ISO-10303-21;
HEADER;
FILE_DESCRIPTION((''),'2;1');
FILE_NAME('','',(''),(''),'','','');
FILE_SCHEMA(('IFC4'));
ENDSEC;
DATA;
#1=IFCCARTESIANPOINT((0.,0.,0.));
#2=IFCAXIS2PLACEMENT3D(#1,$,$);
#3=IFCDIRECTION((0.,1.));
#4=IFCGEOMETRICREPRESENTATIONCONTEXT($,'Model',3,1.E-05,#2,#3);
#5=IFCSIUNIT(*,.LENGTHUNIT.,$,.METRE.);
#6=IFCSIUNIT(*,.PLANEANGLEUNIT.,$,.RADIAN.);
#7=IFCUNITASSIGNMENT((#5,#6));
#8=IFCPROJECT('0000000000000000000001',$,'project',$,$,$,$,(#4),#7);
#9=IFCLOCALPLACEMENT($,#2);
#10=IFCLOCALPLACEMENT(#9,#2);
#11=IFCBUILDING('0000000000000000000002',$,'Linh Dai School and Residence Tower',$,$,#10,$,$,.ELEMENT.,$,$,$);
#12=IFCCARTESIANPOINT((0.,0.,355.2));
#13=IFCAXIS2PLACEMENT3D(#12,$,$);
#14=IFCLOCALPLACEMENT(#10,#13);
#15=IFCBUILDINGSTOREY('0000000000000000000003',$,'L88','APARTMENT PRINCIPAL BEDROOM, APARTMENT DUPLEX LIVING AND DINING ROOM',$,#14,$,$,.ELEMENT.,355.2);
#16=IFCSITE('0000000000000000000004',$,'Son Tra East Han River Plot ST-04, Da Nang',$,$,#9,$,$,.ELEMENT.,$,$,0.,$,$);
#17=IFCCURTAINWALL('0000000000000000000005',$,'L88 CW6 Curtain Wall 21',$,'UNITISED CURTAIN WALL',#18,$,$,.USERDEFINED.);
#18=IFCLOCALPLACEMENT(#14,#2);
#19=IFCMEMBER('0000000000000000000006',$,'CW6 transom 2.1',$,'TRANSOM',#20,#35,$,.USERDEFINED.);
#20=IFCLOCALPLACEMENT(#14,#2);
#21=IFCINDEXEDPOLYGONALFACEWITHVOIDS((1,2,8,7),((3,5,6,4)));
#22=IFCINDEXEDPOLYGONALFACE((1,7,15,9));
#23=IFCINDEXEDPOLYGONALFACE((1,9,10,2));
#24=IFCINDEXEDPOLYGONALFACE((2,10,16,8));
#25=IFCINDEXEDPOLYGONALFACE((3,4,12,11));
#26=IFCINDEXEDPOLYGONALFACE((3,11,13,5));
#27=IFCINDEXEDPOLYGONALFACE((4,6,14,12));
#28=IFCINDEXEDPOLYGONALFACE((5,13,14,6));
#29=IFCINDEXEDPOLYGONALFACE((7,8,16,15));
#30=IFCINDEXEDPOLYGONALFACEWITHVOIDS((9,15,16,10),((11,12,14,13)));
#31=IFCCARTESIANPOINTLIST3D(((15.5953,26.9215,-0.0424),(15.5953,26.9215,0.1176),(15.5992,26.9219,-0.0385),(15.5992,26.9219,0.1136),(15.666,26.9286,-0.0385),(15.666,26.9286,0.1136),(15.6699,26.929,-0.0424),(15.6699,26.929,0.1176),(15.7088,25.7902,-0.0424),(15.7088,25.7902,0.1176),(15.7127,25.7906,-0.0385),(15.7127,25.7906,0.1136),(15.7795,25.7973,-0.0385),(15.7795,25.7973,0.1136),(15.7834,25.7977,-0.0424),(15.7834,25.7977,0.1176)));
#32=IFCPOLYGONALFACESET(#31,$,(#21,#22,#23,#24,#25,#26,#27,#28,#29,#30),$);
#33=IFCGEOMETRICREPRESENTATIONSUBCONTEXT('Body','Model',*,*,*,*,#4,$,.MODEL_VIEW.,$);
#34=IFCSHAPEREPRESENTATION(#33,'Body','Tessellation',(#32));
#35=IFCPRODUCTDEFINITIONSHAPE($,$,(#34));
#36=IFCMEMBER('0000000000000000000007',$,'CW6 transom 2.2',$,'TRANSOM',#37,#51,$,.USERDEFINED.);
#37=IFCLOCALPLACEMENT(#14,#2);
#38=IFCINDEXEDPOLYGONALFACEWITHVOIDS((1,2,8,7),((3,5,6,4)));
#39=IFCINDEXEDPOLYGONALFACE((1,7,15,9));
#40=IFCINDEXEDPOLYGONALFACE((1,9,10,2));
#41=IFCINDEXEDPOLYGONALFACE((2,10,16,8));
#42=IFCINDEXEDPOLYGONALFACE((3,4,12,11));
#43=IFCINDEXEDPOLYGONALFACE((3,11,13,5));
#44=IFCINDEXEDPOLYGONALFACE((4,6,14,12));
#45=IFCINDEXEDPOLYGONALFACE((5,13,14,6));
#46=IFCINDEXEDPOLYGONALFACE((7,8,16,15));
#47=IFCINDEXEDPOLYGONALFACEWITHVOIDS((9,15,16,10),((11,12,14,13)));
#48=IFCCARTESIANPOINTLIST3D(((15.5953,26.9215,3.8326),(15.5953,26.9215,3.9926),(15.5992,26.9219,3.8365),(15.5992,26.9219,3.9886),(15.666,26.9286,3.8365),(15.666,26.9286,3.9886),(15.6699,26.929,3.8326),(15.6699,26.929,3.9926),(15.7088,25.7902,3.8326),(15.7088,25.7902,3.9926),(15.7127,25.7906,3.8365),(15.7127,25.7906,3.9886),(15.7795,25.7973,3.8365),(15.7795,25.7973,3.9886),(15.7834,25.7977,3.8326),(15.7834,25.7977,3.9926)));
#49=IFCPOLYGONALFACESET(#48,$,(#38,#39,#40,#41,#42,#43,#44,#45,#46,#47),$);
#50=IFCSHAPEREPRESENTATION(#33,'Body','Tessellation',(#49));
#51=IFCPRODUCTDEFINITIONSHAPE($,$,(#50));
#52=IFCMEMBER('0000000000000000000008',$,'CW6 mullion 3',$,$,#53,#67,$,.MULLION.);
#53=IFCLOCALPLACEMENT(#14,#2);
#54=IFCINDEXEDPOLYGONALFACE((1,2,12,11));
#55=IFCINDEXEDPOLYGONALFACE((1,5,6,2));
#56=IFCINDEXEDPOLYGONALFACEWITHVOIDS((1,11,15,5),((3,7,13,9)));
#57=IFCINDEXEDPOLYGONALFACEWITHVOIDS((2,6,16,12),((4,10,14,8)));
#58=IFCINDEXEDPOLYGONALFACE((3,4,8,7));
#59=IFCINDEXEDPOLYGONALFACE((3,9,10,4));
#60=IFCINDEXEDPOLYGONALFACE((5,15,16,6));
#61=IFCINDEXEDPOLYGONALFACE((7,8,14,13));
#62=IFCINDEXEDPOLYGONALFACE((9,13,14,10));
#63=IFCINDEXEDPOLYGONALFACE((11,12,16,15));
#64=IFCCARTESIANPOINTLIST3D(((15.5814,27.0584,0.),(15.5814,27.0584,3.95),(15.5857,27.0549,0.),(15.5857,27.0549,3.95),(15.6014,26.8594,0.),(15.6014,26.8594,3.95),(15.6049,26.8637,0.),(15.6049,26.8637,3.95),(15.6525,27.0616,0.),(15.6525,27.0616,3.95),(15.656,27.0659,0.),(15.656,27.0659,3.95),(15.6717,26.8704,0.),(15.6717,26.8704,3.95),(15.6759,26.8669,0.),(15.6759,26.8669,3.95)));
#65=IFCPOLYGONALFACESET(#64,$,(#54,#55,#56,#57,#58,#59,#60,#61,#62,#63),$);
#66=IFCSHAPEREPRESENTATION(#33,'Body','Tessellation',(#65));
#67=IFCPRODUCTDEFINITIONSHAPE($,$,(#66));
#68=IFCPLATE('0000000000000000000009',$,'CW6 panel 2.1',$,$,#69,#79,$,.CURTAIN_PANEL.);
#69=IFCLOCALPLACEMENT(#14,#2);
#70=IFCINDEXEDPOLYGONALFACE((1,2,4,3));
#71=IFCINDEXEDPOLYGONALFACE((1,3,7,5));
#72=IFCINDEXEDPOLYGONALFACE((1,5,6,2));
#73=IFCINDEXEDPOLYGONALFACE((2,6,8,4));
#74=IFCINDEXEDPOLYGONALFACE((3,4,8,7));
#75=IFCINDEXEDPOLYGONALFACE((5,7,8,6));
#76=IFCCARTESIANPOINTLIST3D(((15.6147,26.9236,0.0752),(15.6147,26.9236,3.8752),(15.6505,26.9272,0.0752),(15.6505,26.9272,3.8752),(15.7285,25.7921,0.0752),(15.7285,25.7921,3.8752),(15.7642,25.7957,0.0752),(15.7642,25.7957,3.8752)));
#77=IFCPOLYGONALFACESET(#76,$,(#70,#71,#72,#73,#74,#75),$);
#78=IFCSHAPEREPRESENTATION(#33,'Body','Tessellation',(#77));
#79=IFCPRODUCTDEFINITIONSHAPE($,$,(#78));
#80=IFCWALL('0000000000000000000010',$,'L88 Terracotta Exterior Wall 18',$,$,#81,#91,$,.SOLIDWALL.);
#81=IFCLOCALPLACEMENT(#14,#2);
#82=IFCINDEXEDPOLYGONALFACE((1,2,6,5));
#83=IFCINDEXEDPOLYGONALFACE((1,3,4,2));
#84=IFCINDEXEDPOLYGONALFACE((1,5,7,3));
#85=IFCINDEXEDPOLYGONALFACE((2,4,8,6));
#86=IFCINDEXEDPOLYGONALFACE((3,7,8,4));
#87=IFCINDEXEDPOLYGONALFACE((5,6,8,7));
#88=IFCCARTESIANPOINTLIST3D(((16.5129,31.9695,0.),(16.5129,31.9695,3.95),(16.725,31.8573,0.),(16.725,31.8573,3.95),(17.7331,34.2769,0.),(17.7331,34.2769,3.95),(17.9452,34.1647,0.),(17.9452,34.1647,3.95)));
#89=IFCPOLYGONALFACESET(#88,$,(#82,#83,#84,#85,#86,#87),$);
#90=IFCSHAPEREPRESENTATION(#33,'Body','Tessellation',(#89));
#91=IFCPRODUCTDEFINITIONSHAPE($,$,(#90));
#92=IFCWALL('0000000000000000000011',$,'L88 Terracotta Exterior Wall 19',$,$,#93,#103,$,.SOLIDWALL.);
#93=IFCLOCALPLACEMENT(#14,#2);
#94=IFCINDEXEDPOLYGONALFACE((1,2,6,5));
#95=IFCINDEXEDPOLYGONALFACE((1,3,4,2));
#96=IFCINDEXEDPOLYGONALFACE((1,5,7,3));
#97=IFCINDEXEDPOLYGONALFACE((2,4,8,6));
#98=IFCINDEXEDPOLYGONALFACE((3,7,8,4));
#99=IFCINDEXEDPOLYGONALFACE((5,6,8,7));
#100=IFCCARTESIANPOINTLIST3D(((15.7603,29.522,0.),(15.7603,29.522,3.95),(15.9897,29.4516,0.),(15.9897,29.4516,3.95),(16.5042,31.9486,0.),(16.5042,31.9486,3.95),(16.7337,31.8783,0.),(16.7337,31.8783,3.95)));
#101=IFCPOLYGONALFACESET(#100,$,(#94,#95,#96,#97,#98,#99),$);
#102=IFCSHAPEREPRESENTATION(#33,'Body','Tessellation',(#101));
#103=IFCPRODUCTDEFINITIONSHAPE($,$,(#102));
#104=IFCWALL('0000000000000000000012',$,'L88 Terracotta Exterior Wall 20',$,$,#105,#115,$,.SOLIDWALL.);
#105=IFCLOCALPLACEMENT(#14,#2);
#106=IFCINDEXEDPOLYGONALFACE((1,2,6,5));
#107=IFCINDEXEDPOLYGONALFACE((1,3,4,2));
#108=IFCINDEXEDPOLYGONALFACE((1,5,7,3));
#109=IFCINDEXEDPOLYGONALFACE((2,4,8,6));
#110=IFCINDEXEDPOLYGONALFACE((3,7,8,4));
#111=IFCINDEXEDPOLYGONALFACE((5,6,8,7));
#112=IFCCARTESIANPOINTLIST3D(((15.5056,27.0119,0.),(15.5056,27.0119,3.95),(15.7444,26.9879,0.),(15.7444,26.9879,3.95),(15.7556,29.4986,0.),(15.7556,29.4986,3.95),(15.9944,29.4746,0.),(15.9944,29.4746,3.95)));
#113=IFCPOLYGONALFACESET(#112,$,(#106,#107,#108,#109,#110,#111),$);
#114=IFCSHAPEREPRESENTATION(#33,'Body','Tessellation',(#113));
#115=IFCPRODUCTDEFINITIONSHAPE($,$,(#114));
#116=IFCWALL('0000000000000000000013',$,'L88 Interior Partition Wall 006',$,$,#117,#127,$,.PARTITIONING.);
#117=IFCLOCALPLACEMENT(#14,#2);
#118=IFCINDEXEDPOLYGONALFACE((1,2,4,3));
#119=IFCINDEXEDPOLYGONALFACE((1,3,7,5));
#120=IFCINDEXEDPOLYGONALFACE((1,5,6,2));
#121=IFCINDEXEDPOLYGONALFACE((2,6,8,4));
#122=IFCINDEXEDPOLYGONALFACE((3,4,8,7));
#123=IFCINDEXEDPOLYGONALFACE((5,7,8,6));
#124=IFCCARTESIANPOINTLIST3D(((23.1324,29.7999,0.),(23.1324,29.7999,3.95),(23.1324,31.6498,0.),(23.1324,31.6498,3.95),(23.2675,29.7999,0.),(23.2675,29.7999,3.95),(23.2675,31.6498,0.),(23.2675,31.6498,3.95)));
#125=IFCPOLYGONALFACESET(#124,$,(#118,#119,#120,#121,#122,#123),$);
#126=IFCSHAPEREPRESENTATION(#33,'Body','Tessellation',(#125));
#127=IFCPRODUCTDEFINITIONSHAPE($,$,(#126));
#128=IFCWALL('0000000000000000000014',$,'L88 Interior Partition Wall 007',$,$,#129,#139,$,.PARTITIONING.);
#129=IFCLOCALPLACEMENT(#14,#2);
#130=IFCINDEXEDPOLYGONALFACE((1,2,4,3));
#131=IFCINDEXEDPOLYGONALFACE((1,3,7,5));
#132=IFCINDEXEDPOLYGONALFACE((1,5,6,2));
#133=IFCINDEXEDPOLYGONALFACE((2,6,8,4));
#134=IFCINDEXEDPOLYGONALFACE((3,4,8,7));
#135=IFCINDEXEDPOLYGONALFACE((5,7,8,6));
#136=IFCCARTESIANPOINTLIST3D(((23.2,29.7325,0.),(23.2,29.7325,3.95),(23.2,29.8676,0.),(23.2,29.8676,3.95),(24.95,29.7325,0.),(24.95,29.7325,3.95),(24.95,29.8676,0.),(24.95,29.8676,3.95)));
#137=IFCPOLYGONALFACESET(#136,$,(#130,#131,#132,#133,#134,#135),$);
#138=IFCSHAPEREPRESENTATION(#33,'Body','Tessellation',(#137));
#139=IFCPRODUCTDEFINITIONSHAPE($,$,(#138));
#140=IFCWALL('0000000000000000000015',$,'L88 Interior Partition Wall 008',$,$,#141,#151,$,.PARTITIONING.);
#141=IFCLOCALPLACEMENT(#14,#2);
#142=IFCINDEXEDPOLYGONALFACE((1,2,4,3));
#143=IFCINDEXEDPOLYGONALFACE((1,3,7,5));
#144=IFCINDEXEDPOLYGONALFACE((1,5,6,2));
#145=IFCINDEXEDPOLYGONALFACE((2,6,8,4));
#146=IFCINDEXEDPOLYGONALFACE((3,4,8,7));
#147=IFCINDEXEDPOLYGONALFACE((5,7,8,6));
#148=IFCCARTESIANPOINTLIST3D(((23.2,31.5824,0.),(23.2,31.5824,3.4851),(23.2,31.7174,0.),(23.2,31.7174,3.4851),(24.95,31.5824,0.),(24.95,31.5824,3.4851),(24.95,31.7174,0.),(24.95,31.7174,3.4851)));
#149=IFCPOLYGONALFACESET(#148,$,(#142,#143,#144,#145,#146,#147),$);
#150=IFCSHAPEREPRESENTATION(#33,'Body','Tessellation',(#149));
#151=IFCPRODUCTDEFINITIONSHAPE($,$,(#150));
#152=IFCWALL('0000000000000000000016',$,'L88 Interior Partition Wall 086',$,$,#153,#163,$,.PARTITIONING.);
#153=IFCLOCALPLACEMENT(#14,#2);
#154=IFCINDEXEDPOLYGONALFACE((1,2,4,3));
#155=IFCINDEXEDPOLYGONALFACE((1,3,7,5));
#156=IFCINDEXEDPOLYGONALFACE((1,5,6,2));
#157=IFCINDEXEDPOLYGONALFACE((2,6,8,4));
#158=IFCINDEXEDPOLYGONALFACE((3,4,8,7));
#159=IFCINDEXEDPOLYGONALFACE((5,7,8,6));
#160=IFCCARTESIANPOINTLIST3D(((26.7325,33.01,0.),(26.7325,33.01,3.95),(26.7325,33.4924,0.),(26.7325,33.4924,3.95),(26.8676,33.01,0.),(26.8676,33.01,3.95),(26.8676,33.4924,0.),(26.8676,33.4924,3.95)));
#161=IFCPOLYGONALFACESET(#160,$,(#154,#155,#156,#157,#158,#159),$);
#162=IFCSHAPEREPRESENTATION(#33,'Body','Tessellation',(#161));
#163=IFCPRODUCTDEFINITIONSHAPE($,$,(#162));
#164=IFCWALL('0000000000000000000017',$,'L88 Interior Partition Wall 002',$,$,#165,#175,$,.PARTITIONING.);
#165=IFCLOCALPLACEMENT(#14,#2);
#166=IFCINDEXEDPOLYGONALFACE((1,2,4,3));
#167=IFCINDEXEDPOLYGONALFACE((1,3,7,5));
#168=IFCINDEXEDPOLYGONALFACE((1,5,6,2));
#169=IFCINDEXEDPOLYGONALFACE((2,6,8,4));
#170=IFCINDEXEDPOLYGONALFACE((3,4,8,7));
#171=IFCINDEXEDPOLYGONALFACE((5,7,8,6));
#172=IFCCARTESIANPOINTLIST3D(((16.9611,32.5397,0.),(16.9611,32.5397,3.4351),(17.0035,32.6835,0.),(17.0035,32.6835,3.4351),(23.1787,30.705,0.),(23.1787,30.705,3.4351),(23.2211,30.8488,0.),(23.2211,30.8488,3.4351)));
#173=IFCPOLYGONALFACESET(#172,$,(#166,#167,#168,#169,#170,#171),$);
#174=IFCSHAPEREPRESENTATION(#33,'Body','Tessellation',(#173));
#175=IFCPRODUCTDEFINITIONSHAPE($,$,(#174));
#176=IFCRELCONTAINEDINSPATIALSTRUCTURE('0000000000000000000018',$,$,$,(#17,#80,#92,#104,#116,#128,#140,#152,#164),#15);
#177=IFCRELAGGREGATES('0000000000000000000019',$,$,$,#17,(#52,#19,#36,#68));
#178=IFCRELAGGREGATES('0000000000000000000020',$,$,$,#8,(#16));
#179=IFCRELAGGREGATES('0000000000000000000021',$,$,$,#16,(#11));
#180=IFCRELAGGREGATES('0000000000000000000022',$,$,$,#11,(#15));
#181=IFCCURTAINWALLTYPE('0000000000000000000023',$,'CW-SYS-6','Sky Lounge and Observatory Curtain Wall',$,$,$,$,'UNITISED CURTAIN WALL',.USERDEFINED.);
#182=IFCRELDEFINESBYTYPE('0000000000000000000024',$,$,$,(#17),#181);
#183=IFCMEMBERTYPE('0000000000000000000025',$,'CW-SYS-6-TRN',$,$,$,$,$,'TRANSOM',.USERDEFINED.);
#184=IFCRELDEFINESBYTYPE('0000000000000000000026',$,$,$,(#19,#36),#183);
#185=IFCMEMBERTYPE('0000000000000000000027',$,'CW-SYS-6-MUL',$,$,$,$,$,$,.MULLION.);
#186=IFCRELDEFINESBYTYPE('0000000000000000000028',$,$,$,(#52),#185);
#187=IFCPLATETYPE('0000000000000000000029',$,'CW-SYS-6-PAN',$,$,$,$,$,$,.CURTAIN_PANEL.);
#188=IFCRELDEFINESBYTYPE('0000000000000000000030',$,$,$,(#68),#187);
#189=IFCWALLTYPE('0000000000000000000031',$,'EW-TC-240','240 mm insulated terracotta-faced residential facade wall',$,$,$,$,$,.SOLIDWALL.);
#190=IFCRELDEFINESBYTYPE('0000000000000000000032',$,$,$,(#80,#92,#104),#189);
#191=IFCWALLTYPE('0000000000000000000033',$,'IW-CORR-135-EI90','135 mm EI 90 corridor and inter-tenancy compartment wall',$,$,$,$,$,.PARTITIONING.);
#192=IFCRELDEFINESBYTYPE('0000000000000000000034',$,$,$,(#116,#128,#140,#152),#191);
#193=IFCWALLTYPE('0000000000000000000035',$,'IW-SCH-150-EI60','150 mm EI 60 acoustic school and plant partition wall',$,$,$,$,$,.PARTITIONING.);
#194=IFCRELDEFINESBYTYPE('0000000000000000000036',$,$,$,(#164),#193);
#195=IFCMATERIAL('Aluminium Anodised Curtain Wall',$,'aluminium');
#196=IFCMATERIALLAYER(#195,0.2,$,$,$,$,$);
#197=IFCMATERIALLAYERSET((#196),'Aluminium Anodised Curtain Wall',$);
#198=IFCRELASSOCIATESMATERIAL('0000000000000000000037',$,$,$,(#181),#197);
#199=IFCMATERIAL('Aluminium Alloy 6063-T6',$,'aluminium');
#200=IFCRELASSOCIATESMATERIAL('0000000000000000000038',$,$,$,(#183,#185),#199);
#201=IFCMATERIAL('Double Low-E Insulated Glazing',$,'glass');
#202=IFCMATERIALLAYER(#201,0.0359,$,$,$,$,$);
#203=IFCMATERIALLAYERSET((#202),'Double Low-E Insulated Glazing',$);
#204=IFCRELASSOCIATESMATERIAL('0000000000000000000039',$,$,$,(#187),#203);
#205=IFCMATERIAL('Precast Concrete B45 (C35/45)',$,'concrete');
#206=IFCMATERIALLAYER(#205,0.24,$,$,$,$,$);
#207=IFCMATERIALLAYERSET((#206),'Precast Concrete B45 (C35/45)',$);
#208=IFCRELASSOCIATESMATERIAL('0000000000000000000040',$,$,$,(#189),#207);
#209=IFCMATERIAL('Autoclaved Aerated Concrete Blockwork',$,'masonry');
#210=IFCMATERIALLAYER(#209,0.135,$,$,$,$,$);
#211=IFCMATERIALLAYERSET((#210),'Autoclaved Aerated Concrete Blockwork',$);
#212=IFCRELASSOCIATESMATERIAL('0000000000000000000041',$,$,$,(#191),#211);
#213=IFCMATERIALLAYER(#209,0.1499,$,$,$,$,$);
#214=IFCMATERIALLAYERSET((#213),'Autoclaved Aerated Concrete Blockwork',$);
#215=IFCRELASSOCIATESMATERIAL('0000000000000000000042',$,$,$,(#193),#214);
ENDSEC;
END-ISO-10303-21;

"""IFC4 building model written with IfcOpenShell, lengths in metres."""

from ifc_helpers import new_model, si_unit, direction, frame, frame_2d, origin, origin_2d, place, context, subcontext, project, spatial, rectangle, hollow_rectangle, extrude, source, transform, mapped, material, layer, layer_set, material_profile, profile_set, type_object, element, aggregate, save


model = new_model("IFC4")

# Units and contexts
model_context = context("Model", 3, precision=1e-05, world=origin(), true_north=direction((0.0, 1.0)))
body_context = subcontext(model_context, "Body", "Model", "MODEL_VIEW")
ifc_project = project(units=[si_unit("LENGTHUNIT", "METRE"), si_unit("PLANEANGLEUNIT", "RADIAN")], contexts=[model_context])

# Site, building, storey
site_placement = place(None, origin())
site = spatial("IfcSite", under=ifc_project, at=site_placement, Name="Son Tra East Han River Plot ST-04, Da Nang", CompositionType="ELEMENT", RefElevation=0.0)
building_placement = place(site_placement, origin())
building = spatial("IfcBuilding", under=site, at=building_placement, Name="Linh Dai School and Residence Tower", CompositionType="ELEMENT")
storey_placement = place(building_placement, frame((0.0, 0.0, 355.2)))
storey = spatial("IfcBuildingStorey", under=building, at=storey_placement, Name="L88", Description="APARTMENT PRINCIPAL BEDROOM, APARTMENT DUPLEX LIVING AND DINING ROOM", CompositionType="ELEMENT", Elevation=355.2)

# Curtain wall, members, plate
ifc_material_1 = material(Name="Aluminium Anodised Curtain Wall", Category="aluminium")
ifc_layer_1 = layer(ifc_material_1, 0.2)
ifc_layer_set_1 = layer_set([ifc_layer_1], Name="Aluminium Anodised Curtain Wall")
curtain_wall_type = type_object("IfcCurtainWallType", Name="CW-SYS-6", Description="Sky Lounge and Observatory Curtain Wall", ElementType="UNITISED CURTAIN WALL", PredefinedType="USERDEFINED", material=ifc_layer_set_1)
curtain_wall_placement = place(storey_placement, origin())
curtain_wall = element("IfcCurtainWall", 1, at=curtain_wall_placement, inside=storey, type_object=curtain_wall_type, Name="L88 CW6 Curtain Wall 21", ObjectType="UNITISED CURTAIN WALL", PredefinedType="USERDEFINED")
ifc_material_2 = material(Name="Aluminium Alloy 6063-T6", Category="aluminium")
ifc_material_profile_1 = material_profile(ifc_material_2, hollow_rectangle(XDim=0.075, YDim=0.1599, WallThickness=0.0039, at=origin_2d()), Name="RHS 160x75x4")
ifc_profile_set_1 = profile_set([ifc_material_profile_1], Name="Aluminium Alloy 6063-T6")
member_type_1 = type_object("IfcMemberType", Name="CW-SYS-6-TRN", ElementType="TRANSOM", PredefinedType="USERDEFINED", material=ifc_profile_set_1)
shared_shape_1 = source(origin(), body_context, "Body", "SweptSolid", [
    extrude(hollow_rectangle(XDim=0.075, YDim=0.1599, WallThickness=0.0039, at=origin_2d()), origin(), (0.0, 0.0, 1.0), 1.137),
])
member_1_placement = place(storey_placement, frame((15.7461, 25.7939, 0.0376), z_axis=(-0.099844, 0.995003, 0.0), x_axis=(-0.995003, -0.099844, 0.0)))
member_1 = element("IfcMember", 2, at=member_1_placement, type_object=member_type_1, Name="CW6 transom 2.1", ObjectType="TRANSOM", PredefinedType="USERDEFINED", context=body_context, shape_type="MappedRepresentation", body=[
    mapped(shared_shape_1, transform((0.0, 0.0, 0.0), x_axis=(1.0, 0.0, 0.0), y_axis=(0.0, 1.0, 0.0), z_axis=(0.0, 0.0, 1.0), scale=1.0)),
])
member_2_placement = place(storey_placement, frame((15.7461, 25.7939, 3.9126), z_axis=(-0.099844, 0.995003, 0.0), x_axis=(-0.995003, -0.099844, 0.0)))
member_2 = element("IfcMember", 3, at=member_2_placement, type_object=member_type_1, Name="CW6 transom 2.2", ObjectType="TRANSOM", PredefinedType="USERDEFINED", context=body_context, shape_type="MappedRepresentation", body=[
    mapped(shared_shape_1, transform((0.0, 0.0, 0.0), x_axis=(1.0, 0.0, 0.0), y_axis=(0.0, 1.0, 0.0), z_axis=(0.0, 0.0, 1.0), scale=1.0)),
])
ifc_material_profile_2 = material_profile(ifc_material_2, hollow_rectangle(XDim=0.075, YDim=0.2, WallThickness=0.0039, at=origin_2d()), Name="RHS 200x75x4")
ifc_profile_set_2 = profile_set([ifc_material_profile_2], Name="Aluminium Alloy 6063-T6")
member_type_2 = type_object("IfcMemberType", Name="CW-SYS-6-MUL", PredefinedType="MULLION", material=ifc_profile_set_2)
shared_shape_2 = source(origin(), body_context, "Body", "SweptSolid", [
    extrude(hollow_rectangle(XDim=0.075, YDim=0.2, WallThickness=0.0039, at=origin_2d()), origin(), (0.0, 0.0, 1.0), 3.95),
])
member_3_placement = place(storey_placement, frame((15.6287, 26.9626, 0.0), z_axis=(0.0, 0.0, 1.0), x_axis=(-0.994988, -0.099992, 0.0)))
member_3 = element("IfcMember", 4, at=member_3_placement, type_object=member_type_2, Name="CW6 mullion 3", PredefinedType="MULLION", context=body_context, shape_type="MappedRepresentation", body=[
    mapped(shared_shape_2, transform((0.0, 0.0, 0.0), x_axis=(1.0, 0.0, 0.0), y_axis=(0.0, 1.0, 0.0), z_axis=(0.0, 0.0, 1.0), scale=1.0)),
])
ifc_material_3 = material(Name="Double Low-E Insulated Glazing", Category="glass")
ifc_layer_2 = layer(ifc_material_3, 0.0359)
ifc_layer_set_2 = layer_set([ifc_layer_2], Name="Double Low-E Insulated Glazing")
plate_type = type_object("IfcPlateType", Name="CW-SYS-6-PAN", PredefinedType="CURTAIN_PANEL", material=ifc_layer_set_2)
shared_shape_3 = source(origin(), body_context, "Body", "SweptSolid", [
    extrude(rectangle(XDim=1.1372, YDim=0.0359, at=origin_2d()), origin(), (0.0, 0.0, 1.0), 3.8),
])
plate_placement = place(storey_placement, frame((15.6895, 26.3596, 0.0752), z_axis=(0.0, 0.0, 1.0), x_axis=(-0.099992, 0.994988, 0.0)))
plate = element("IfcPlate", 5, at=plate_placement, type_object=plate_type, Name="CW6 panel 2.1", PredefinedType="CURTAIN_PANEL", context=body_context, shape_type="MappedRepresentation", body=[
    mapped(shared_shape_3, transform((0.0, 0.0, 0.0), x_axis=(1.0, 0.0, 0.0), y_axis=(0.0, 1.0, 0.0), z_axis=(0.0, 0.0, 1.0), scale=1.0)),
])
aggregate(curtain_wall, [member_3, member_1, member_2, plate])

# Walls
ifc_material_4 = material(Name="Precast Concrete B45 (C35/45)", Category="concrete")
ifc_layer_3 = layer(ifc_material_4, 0.24)
ifc_layer_set_3 = layer_set([ifc_layer_3], Name="Precast Concrete B45 (C35/45)")
wall_type_1 = type_object("IfcWallType", Name="EW-TC-240", Description="240 mm insulated terracotta-faced residential facade wall", PredefinedType="SOLIDWALL", material=ifc_layer_set_3)
wall_1_placement = place(storey_placement, frame((16.6189, 31.9133, 0.0), z_axis=(0.0, 0.0, 1.0), x_axis=(0.467488, 0.883999, 0.0)))
element("IfcWall", 6, at=wall_1_placement, inside=storey, type_object=wall_type_1, Name="L88 Terracotta Exterior Wall 18", PredefinedType="SOLIDWALL", context=body_context, shape_type="SweptSolid", body=[
    extrude(rectangle(XDim=2.6101, YDim=0.24, at=frame_2d((1.3052, 0.0))), origin(), (0.0, 0.0, 1.0), 3.95),
])
wall_2_placement = place(storey_placement, frame((15.875, 29.4868, 0.0), z_axis=(0.0, 0.0, 1.0), x_axis=(0.293106, 0.95608, 0.0)))
element("IfcWall", 7, at=wall_2_placement, inside=storey, type_object=wall_type_1, Name="L88 Terracotta Exterior Wall 19", PredefinedType="SOLIDWALL", context=body_context, shape_type="SweptSolid", body=[
    extrude(rectangle(XDim=2.5381, YDim=0.24, at=frame_2d((1.269, 0.0))), origin(), (0.0, 0.0, 1.0), 3.95),
])
wall_3_placement = place(storey_placement, frame((15.625, 27.0, 0.0), z_axis=(0.0, 0.0, 1.0), x_axis=(0.100026, 0.994985, 0.0)))
element("IfcWall", 8, at=wall_3_placement, inside=storey, type_object=wall_type_1, Name="L88 Terracotta Exterior Wall 20", PredefinedType="SOLIDWALL", context=body_context, shape_type="SweptSolid", body=[
    extrude(rectangle(XDim=2.4993, YDim=0.24, at=frame_2d((1.2495, 0.0))), origin(), (0.0, 0.0, 1.0), 3.95),
])
ifc_material_5 = material(Name="Autoclaved Aerated Concrete Blockwork", Category="masonry")
ifc_layer_4 = layer(ifc_material_5, 0.135)
ifc_layer_set_4 = layer_set([ifc_layer_4], Name="Autoclaved Aerated Concrete Blockwork")
wall_type_2 = type_object("IfcWallType", Name="IW-CORR-135-EI90", Description="135 mm EI 90 corridor and inter-tenancy compartment wall", PredefinedType="PARTITIONING", material=ifc_layer_set_4)
wall_4_placement = place(storey_placement, frame((23.2, 29.8, 0.0), z_axis=(0.0, 0.0, 1.0), x_axis=(0.0, 1.0, 0.0)))
element("IfcWall", 9, at=wall_4_placement, inside=storey, type_object=wall_type_2, Name="L88 Interior Partition Wall 006", PredefinedType="PARTITIONING", context=body_context, shape_type="SweptSolid", body=[
    extrude(rectangle(XDim=1.8499, YDim=0.135, at=frame_2d((0.9248, 0.0))), origin(), (0.0, 0.0, 1.0), 3.95),
])
wall_5_placement = place(storey_placement, frame((23.2, 29.8, 0.0), z_axis=(0.0, 0.0, 1.0), x_axis=(1.0, 0.0, 0.0)))
element("IfcWall", 10, at=wall_5_placement, inside=storey, type_object=wall_type_2, Name="L88 Interior Partition Wall 007", PredefinedType="PARTITIONING", context=body_context, shape_type="SweptSolid", body=[
    extrude(rectangle(XDim=1.75, YDim=0.135, at=frame_2d((0.875, 0.0))), origin(), (0.0, 0.0, 1.0), 3.95),
])
wall_6_placement = place(storey_placement, frame((23.2, 31.6499, 0.0), z_axis=(0.0, 0.0, 1.0), x_axis=(1.0, 0.0, 0.0)))
element("IfcWall", 11, at=wall_6_placement, inside=storey, type_object=wall_type_2, Name="L88 Interior Partition Wall 008", PredefinedType="PARTITIONING", context=body_context, shape_type="SweptSolid", body=[
    extrude(rectangle(XDim=1.75, YDim=0.135, at=frame_2d((0.875, 0.0))), origin(), (0.0, 0.0, 1.0), 3.4851),
])

# Walls
wall_7_placement = place(storey_placement, frame((26.8, 33.4924, 0.0), z_axis=(0.0, 0.0, 1.0), x_axis=(0.0, -1.0, 0.0)))
element("IfcWall", 12, at=wall_7_placement, inside=storey, type_object=wall_type_2, Name="L88 Interior Partition Wall 086", PredefinedType="PARTITIONING", context=body_context, shape_type="SweptSolid", body=[
    extrude(rectangle(XDim=0.4824, YDim=0.135, at=frame_2d((0.2412, 0.0))), origin(), (0.0, 0.0, 1.0), 3.95),
])
ifc_layer_5 = layer(ifc_material_5, 0.1499)
ifc_layer_set_5 = layer_set([ifc_layer_5], Name="Autoclaved Aerated Concrete Blockwork")
wall_type_3 = type_object("IfcWallType", Name="IW-SCH-150-EI60", Description="150 mm EI 60 acoustic school and plant partition wall", PredefinedType="PARTITIONING", material=ifc_layer_set_5)
wall_8_placement = place(storey_placement, frame((16.9824, 32.6116, 0.0), z_axis=(0.0, 0.0, 1.0), x_axis=(0.959113, -0.283023, 0.0)))
element("IfcWall", 13, at=wall_8_placement, inside=storey, type_object=wall_type_3, Name="L88 Interior Partition Wall 002", PredefinedType="PARTITIONING", context=body_context, shape_type="SweptSolid", body=[
    extrude(rectangle(XDim=6.4827, YDim=0.1499, at=frame_2d((3.2412, 0.0))), origin(), (0.0, 0.0, 1.0), 3.4351),
])

save(model, "model.ifc")
